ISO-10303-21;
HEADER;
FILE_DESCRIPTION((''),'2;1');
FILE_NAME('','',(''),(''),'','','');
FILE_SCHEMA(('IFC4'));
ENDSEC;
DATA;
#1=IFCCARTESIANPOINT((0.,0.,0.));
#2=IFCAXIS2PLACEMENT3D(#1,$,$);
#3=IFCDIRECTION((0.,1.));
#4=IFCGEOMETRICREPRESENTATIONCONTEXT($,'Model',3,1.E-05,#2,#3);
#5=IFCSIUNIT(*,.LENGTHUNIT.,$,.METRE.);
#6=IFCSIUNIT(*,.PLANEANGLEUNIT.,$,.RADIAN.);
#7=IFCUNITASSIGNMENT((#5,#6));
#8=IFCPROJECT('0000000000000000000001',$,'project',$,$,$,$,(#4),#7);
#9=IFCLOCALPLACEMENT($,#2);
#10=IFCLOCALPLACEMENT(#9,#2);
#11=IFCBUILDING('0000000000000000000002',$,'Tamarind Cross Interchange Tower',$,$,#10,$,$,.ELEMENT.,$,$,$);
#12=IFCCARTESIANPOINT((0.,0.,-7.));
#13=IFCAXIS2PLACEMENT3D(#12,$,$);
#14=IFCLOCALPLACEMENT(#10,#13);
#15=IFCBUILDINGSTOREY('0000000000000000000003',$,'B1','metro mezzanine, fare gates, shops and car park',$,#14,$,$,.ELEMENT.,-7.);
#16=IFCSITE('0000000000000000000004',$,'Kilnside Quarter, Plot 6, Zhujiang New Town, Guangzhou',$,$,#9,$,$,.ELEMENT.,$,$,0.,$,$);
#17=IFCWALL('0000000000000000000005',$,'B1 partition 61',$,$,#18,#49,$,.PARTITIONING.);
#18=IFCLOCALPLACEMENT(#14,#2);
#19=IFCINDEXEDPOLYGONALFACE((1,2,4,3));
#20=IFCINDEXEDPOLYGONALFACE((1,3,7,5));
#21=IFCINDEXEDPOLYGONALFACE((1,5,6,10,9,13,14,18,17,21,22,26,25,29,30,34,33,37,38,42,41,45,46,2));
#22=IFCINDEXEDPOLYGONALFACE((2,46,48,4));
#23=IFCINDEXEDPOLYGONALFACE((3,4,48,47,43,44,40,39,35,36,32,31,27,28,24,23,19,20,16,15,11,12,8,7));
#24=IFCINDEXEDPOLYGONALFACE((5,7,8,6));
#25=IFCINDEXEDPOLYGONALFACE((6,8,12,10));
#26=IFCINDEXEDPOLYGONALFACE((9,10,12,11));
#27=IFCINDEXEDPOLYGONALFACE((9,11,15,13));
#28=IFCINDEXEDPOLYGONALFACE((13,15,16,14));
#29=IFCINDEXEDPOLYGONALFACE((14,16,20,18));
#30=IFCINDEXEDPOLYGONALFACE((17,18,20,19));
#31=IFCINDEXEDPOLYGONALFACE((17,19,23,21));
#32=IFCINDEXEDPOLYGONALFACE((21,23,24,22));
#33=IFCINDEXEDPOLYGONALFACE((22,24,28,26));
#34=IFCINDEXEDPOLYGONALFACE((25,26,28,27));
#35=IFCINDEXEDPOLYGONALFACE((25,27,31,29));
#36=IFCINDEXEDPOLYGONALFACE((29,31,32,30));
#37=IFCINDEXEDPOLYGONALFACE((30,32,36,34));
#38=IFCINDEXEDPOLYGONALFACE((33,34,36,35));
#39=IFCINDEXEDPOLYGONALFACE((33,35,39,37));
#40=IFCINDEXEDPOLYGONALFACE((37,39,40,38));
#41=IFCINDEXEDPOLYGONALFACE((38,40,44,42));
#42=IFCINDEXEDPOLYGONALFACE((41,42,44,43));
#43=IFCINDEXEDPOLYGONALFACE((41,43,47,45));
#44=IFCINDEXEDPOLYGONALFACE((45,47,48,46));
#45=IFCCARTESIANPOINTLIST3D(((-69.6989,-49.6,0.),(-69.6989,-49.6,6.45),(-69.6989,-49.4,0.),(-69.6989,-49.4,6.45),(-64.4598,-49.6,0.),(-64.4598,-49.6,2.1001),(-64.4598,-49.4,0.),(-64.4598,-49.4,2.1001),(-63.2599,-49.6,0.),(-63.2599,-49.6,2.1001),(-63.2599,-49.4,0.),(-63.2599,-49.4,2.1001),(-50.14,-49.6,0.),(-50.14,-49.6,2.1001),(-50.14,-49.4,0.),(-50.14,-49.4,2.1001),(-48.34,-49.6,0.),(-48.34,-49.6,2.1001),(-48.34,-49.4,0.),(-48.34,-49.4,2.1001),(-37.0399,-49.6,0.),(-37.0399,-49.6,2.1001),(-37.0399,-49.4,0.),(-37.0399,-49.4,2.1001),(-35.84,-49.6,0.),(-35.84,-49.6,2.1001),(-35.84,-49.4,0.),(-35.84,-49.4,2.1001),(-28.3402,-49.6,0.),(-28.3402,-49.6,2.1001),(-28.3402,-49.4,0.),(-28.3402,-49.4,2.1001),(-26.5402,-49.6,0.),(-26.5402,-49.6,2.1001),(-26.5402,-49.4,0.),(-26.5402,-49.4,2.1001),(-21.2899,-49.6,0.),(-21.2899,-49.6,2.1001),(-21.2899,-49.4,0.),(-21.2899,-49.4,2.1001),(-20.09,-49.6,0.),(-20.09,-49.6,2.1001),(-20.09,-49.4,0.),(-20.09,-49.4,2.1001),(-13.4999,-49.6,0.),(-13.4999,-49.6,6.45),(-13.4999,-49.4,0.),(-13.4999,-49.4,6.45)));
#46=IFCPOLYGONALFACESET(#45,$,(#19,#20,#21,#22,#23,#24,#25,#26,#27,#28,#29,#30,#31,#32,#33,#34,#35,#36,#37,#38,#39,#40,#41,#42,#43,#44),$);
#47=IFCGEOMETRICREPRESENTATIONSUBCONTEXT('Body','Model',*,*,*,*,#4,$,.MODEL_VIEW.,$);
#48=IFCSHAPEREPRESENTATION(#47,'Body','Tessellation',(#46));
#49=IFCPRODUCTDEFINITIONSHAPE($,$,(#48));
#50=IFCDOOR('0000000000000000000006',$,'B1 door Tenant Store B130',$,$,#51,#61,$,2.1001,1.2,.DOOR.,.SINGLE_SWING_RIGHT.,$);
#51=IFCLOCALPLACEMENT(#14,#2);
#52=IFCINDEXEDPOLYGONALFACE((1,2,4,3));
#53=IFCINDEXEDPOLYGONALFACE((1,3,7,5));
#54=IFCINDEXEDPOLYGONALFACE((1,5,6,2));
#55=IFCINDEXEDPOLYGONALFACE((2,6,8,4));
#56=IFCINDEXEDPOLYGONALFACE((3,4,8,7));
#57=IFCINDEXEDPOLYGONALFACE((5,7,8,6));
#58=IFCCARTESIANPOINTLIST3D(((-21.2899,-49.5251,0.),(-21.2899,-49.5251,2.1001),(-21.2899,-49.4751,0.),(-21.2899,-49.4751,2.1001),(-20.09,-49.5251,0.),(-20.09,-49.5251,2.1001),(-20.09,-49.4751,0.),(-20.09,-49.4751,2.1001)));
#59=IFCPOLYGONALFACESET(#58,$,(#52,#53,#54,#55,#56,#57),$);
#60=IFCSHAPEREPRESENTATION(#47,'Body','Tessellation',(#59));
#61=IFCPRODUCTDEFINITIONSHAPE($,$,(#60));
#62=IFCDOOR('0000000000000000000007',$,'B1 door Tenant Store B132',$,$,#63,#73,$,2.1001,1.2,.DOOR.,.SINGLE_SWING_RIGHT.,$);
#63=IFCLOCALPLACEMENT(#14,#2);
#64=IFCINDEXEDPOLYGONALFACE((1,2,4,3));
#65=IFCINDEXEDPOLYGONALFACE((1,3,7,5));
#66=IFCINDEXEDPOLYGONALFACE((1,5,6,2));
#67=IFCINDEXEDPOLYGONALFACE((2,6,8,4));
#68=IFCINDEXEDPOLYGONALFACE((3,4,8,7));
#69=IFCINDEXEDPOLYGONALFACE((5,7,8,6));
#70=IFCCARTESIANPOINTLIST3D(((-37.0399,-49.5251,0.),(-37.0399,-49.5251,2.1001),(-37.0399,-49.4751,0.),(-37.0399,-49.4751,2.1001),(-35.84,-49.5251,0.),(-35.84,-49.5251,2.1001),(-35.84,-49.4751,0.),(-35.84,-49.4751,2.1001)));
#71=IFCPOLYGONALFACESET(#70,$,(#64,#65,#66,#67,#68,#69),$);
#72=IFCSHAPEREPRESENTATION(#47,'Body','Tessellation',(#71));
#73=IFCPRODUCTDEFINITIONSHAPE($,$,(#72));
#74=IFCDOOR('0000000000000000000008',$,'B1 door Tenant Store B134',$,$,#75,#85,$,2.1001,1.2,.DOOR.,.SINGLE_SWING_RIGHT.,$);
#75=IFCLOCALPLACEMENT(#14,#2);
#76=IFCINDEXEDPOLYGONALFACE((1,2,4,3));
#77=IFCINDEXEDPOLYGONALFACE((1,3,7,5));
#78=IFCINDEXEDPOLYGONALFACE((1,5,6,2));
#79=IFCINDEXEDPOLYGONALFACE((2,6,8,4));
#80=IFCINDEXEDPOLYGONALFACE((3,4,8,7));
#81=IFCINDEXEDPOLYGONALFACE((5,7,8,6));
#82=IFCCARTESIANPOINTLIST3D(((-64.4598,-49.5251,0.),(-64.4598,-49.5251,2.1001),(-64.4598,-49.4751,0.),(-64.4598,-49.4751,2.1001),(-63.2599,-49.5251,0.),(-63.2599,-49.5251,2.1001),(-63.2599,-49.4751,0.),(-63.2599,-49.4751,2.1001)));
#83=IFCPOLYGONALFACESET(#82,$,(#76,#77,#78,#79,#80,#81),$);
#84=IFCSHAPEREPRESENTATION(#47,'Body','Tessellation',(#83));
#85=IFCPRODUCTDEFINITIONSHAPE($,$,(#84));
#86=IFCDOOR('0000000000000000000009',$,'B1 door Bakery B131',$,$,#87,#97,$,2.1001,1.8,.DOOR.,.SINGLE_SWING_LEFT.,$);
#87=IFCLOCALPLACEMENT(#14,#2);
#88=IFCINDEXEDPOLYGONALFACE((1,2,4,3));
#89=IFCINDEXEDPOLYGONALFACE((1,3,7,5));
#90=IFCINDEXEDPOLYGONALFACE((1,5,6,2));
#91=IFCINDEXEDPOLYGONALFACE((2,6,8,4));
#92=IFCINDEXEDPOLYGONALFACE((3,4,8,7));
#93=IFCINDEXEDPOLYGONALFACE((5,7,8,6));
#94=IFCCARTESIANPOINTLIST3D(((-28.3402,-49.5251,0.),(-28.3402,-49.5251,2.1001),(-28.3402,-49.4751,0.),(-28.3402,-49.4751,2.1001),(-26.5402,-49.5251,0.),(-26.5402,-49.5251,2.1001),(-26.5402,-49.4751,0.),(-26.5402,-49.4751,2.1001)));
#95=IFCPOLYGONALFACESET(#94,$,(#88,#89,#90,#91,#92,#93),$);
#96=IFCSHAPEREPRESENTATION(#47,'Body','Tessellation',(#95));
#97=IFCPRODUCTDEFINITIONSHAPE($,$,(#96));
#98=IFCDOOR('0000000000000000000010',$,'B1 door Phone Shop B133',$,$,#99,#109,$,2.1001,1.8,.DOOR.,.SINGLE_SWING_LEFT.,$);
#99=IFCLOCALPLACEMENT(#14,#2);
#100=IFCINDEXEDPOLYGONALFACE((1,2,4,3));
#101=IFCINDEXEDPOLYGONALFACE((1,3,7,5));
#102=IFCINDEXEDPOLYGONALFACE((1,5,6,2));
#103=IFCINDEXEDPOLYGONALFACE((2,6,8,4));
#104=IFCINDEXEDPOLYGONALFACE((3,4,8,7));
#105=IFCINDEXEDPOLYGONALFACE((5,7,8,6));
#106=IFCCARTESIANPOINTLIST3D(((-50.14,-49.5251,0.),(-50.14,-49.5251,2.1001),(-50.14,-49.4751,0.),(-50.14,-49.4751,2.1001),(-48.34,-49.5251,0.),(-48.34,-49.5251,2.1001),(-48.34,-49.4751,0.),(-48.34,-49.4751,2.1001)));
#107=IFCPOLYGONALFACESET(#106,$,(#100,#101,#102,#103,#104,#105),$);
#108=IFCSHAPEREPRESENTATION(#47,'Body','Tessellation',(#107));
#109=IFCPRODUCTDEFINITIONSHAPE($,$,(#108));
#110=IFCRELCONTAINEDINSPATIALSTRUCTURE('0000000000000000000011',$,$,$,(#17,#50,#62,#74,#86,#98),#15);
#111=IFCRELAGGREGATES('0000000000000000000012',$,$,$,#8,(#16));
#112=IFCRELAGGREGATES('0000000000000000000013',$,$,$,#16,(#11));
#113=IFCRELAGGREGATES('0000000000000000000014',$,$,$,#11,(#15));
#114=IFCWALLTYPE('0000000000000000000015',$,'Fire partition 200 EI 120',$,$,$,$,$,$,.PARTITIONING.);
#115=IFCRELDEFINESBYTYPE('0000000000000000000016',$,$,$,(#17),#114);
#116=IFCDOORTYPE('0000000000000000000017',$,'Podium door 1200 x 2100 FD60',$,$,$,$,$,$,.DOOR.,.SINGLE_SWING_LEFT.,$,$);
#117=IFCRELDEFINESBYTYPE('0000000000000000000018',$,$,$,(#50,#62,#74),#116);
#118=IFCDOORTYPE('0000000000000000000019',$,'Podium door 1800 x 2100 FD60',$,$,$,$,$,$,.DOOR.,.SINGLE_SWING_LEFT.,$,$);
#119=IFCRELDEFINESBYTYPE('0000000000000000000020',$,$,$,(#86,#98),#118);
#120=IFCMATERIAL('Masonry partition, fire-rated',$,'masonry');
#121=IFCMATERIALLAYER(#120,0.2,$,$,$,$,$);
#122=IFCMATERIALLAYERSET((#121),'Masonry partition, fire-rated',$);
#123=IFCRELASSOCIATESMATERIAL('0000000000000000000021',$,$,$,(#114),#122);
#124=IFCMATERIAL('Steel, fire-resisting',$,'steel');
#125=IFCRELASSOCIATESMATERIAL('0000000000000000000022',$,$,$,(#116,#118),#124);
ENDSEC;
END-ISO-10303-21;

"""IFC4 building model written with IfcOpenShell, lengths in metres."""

from ifc_helpers import new_model, si_unit, direction, frame, frame_2d, origin, place, context, subcontext, project, spatial, rectangle, extrude, material, layer, layer_set, type_object, element, fill, save


model = new_model("IFC4")

# Units and contexts
model_context = context("Model", 3, precision=1e-05, world=origin(), true_north=direction((0.0, 1.0)))
body_context = subcontext(model_context, "Body", "Model", "MODEL_VIEW")
ifc_project = project(units=[si_unit("LENGTHUNIT", "METRE"), si_unit("PLANEANGLEUNIT", "RADIAN")], contexts=[model_context])

# Site, building, storey
site_placement = place(None, origin())
site = spatial("IfcSite", under=ifc_project, at=site_placement, Name="Kilnside Quarter, Plot 6, Zhujiang New Town, Guangzhou", CompositionType="ELEMENT", RefElevation=0.0)
building_placement = place(site_placement, origin())
building = spatial("IfcBuilding", under=site, at=building_placement, Name="Tamarind Cross Interchange Tower", CompositionType="ELEMENT")
storey_placement = place(building_placement, frame((0.0, 0.0, -7.0)))
storey = spatial("IfcBuildingStorey", under=building, at=storey_placement, Name="B1", Description="metro mezzanine, fare gates, shops and car park", CompositionType="ELEMENT", Elevation=-7.0)

# Wall, openings, doors
ifc_material_1 = material(Name="Masonry partition, fire-rated", Category="masonry")
ifc_layer_1 = layer(ifc_material_1, 0.2)
ifc_layer_set_1 = layer_set([ifc_layer_1], Name="Masonry partition, fire-rated")
wall_type_1 = type_object("IfcWallType", Name="Fire partition 200 EI 120", PredefinedType="PARTITIONING", material=ifc_layer_set_1)
wall_1_placement = place(storey_placement, frame((-69.699, -49.5, 0.0), z_axis=(0.0, 0.0, 1.0), x_axis=(1.0, 0.0, 0.0)))
wall_1 = element("IfcWall", 1, at=wall_1_placement, inside=storey, type_object=wall_type_1, Name="B1 partition 61", PredefinedType="PARTITIONING", context=body_context, shape_type="SweptSolid", body=[
    extrude(rectangle(XDim=56.199, YDim=0.2, at=frame_2d((28.0996, 0.0))), origin(), (0.0, 0.0, 1.0), 6.45),
])
opening_1_placement = place(wall_1_placement, frame((48.4089, 0.0, 0.0)))
opening_1 = element("IfcOpeningElement", 2, at=opening_1_placement, cuts=wall_1, PredefinedType="OPENING", context=body_context, shape_type="SweptSolid", body=[
    extrude(rectangle(XDim=1.2, YDim=2.1001, at=frame_2d((0.6001, 1.05))), frame((0.0, 0.1099, 0.0), z_axis=(0.0, -1.0, 0.0), x_axis=(1.0, 0.0, 0.0)), (0.0, 0.0, 1.0), 0.22),
])
opening_2_placement = place(wall_1_placement, frame((41.3589, 0.0, 0.0)))
opening_2 = element("IfcOpeningElement", 3, at=opening_2_placement, cuts=wall_1, PredefinedType="OPENING", context=body_context, shape_type="SweptSolid", body=[
    extrude(rectangle(XDim=1.8, YDim=2.1001, at=frame_2d((0.8999, 1.05))), frame((0.0, 0.1099, 0.0), z_axis=(0.0, -1.0, 0.0), x_axis=(1.0, 0.0, 0.0)), (0.0, 0.0, 1.0), 0.22),
])
opening_3_placement = place(wall_1_placement, frame((32.6589, 0.0, 0.0)))
opening_3 = element("IfcOpeningElement", 4, at=opening_3_placement, cuts=wall_1, PredefinedType="OPENING", context=body_context, shape_type="SweptSolid", body=[
    extrude(rectangle(XDim=1.2, YDim=2.1001, at=frame_2d((0.6001, 1.05))), frame((0.0, 0.1099, 0.0), z_axis=(0.0, -1.0, 0.0), x_axis=(1.0, 0.0, 0.0)), (0.0, 0.0, 1.0), 0.22),
])
opening_4_placement = place(wall_1_placement, frame((19.5591, 0.0, 0.0)))
opening_4 = element("IfcOpeningElement", 5, at=opening_4_placement, cuts=wall_1, PredefinedType="OPENING", context=body_context, shape_type="SweptSolid", body=[
    extrude(rectangle(XDim=1.8, YDim=2.1001, at=frame_2d((0.8999, 1.05))), frame((0.0, 0.1099, 0.0), z_axis=(0.0, -1.0, 0.0), x_axis=(1.0, 0.0, 0.0)), (0.0, 0.0, 1.0), 0.22),
])
opening_5_placement = place(wall_1_placement, frame((5.239, 0.0, 0.0)))
opening_5 = element("IfcOpeningElement", 6, at=opening_5_placement, cuts=wall_1, PredefinedType="OPENING", context=body_context, shape_type="SweptSolid", body=[
    extrude(rectangle(XDim=1.2, YDim=2.1001, at=frame_2d((0.6001, 1.05))), frame((0.0, 0.1099, 0.0), z_axis=(0.0, -1.0, 0.0), x_axis=(1.0, 0.0, 0.0)), (0.0, 0.0, 1.0), 0.22),
])
ifc_material_2 = material(Name="Steel, fire-resisting", Category="steel")
door_type_1 = type_object("IfcDoorType", Name="Podium door 1200 x 2100 FD60", OperationType="SINGLE_SWING_LEFT", PredefinedType="DOOR", material=ifc_material_2)
door_1_placement = place(opening_1_placement, origin())
door_1 = element("IfcDoor", 7, at=door_1_placement, inside=storey, type_object=door_type_1, Name="B1 door Tenant Store B130", OperationType="SINGLE_SWING_RIGHT", OverallHeight=2.1001, OverallWidth=1.2, PredefinedType="DOOR", context=body_context, shape_type="SweptSolid", body=[
    extrude(rectangle(XDim=1.2, YDim=2.1001, at=frame_2d((0.6001, 1.05))), frame((0.0, 0.0249, 0.0), z_axis=(0.0, -1.0, 0.0), x_axis=(1.0, 0.0, 0.0)), (0.0, 0.0, 1.0), 0.05),
])
fill(opening_1, door_1)
door_2_placement = place(opening_3_placement, origin())
door_2 = element("IfcDoor", 8, at=door_2_placement, inside=storey, type_object=door_type_1, Name="B1 door Tenant Store B132", OperationType="SINGLE_SWING_RIGHT", OverallHeight=2.1001, OverallWidth=1.2, PredefinedType="DOOR", context=body_context, shape_type="SweptSolid", body=[
    extrude(rectangle(XDim=1.2, YDim=2.1001, at=frame_2d((0.6001, 1.05))), frame((0.0, 0.0249, 0.0), z_axis=(0.0, -1.0, 0.0), x_axis=(1.0, 0.0, 0.0)), (0.0, 0.0, 1.0), 0.05),
])
fill(opening_3, door_2)
door_3_placement = place(opening_5_placement, origin())
door_3 = element("IfcDoor", 9, at=door_3_placement, inside=storey, type_object=door_type_1, Name="B1 door Tenant Store B134", OperationType="SINGLE_SWING_RIGHT", OverallHeight=2.1001, OverallWidth=1.2, PredefinedType="DOOR", context=body_context, shape_type="SweptSolid", body=[
    extrude(rectangle(XDim=1.2, YDim=2.1001, at=frame_2d((0.6001, 1.05))), frame((0.0, 0.0249, 0.0), z_axis=(0.0, -1.0, 0.0), x_axis=(1.0, 0.0, 0.0)), (0.0, 0.0, 1.0), 0.05),
])
fill(opening_5, door_3)
door_type_2 = type_object("IfcDoorType", Name="Podium door 1800 x 2100 FD60", OperationType="SINGLE_SWING_LEFT", PredefinedType="DOOR", material=ifc_material_2)
door_4_placement = place(opening_2_placement, origin())
door_4 = element("IfcDoor", 10, at=door_4_placement, inside=storey, type_object=door_type_2, Name="B1 door Bakery B131", OperationType="SINGLE_SWING_LEFT", OverallHeight=2.1001, OverallWidth=1.8, PredefinedType="DOOR", context=body_context, shape_type="SweptSolid", body=[
    extrude(rectangle(XDim=1.8, YDim=2.1001, at=frame_2d((0.8999, 1.05))), frame((0.0, 0.0249, 0.0), z_axis=(0.0, -1.0, 0.0), x_axis=(1.0, 0.0, 0.0)), (0.0, 0.0, 1.0), 0.05),
])
fill(opening_2, door_4)
door_5_placement = place(opening_4_placement, origin())
door_5 = element("IfcDoor", 11, at=door_5_placement, inside=storey, type_object=door_type_2, Name="B1 door Phone Shop B133", OperationType="SINGLE_SWING_LEFT", OverallHeight=2.1001, OverallWidth=1.8, PredefinedType="DOOR", context=body_context, shape_type="SweptSolid", body=[
    extrude(rectangle(XDim=1.8, YDim=2.1001, at=frame_2d((0.8999, 1.05))), frame((0.0, 0.0249, 0.0), z_axis=(0.0, -1.0, 0.0), x_axis=(1.0, 0.0, 0.0)), (0.0, 0.0, 1.0), 0.05),
])
fill(opening_4, door_5)

save(model, "model.ifc")
